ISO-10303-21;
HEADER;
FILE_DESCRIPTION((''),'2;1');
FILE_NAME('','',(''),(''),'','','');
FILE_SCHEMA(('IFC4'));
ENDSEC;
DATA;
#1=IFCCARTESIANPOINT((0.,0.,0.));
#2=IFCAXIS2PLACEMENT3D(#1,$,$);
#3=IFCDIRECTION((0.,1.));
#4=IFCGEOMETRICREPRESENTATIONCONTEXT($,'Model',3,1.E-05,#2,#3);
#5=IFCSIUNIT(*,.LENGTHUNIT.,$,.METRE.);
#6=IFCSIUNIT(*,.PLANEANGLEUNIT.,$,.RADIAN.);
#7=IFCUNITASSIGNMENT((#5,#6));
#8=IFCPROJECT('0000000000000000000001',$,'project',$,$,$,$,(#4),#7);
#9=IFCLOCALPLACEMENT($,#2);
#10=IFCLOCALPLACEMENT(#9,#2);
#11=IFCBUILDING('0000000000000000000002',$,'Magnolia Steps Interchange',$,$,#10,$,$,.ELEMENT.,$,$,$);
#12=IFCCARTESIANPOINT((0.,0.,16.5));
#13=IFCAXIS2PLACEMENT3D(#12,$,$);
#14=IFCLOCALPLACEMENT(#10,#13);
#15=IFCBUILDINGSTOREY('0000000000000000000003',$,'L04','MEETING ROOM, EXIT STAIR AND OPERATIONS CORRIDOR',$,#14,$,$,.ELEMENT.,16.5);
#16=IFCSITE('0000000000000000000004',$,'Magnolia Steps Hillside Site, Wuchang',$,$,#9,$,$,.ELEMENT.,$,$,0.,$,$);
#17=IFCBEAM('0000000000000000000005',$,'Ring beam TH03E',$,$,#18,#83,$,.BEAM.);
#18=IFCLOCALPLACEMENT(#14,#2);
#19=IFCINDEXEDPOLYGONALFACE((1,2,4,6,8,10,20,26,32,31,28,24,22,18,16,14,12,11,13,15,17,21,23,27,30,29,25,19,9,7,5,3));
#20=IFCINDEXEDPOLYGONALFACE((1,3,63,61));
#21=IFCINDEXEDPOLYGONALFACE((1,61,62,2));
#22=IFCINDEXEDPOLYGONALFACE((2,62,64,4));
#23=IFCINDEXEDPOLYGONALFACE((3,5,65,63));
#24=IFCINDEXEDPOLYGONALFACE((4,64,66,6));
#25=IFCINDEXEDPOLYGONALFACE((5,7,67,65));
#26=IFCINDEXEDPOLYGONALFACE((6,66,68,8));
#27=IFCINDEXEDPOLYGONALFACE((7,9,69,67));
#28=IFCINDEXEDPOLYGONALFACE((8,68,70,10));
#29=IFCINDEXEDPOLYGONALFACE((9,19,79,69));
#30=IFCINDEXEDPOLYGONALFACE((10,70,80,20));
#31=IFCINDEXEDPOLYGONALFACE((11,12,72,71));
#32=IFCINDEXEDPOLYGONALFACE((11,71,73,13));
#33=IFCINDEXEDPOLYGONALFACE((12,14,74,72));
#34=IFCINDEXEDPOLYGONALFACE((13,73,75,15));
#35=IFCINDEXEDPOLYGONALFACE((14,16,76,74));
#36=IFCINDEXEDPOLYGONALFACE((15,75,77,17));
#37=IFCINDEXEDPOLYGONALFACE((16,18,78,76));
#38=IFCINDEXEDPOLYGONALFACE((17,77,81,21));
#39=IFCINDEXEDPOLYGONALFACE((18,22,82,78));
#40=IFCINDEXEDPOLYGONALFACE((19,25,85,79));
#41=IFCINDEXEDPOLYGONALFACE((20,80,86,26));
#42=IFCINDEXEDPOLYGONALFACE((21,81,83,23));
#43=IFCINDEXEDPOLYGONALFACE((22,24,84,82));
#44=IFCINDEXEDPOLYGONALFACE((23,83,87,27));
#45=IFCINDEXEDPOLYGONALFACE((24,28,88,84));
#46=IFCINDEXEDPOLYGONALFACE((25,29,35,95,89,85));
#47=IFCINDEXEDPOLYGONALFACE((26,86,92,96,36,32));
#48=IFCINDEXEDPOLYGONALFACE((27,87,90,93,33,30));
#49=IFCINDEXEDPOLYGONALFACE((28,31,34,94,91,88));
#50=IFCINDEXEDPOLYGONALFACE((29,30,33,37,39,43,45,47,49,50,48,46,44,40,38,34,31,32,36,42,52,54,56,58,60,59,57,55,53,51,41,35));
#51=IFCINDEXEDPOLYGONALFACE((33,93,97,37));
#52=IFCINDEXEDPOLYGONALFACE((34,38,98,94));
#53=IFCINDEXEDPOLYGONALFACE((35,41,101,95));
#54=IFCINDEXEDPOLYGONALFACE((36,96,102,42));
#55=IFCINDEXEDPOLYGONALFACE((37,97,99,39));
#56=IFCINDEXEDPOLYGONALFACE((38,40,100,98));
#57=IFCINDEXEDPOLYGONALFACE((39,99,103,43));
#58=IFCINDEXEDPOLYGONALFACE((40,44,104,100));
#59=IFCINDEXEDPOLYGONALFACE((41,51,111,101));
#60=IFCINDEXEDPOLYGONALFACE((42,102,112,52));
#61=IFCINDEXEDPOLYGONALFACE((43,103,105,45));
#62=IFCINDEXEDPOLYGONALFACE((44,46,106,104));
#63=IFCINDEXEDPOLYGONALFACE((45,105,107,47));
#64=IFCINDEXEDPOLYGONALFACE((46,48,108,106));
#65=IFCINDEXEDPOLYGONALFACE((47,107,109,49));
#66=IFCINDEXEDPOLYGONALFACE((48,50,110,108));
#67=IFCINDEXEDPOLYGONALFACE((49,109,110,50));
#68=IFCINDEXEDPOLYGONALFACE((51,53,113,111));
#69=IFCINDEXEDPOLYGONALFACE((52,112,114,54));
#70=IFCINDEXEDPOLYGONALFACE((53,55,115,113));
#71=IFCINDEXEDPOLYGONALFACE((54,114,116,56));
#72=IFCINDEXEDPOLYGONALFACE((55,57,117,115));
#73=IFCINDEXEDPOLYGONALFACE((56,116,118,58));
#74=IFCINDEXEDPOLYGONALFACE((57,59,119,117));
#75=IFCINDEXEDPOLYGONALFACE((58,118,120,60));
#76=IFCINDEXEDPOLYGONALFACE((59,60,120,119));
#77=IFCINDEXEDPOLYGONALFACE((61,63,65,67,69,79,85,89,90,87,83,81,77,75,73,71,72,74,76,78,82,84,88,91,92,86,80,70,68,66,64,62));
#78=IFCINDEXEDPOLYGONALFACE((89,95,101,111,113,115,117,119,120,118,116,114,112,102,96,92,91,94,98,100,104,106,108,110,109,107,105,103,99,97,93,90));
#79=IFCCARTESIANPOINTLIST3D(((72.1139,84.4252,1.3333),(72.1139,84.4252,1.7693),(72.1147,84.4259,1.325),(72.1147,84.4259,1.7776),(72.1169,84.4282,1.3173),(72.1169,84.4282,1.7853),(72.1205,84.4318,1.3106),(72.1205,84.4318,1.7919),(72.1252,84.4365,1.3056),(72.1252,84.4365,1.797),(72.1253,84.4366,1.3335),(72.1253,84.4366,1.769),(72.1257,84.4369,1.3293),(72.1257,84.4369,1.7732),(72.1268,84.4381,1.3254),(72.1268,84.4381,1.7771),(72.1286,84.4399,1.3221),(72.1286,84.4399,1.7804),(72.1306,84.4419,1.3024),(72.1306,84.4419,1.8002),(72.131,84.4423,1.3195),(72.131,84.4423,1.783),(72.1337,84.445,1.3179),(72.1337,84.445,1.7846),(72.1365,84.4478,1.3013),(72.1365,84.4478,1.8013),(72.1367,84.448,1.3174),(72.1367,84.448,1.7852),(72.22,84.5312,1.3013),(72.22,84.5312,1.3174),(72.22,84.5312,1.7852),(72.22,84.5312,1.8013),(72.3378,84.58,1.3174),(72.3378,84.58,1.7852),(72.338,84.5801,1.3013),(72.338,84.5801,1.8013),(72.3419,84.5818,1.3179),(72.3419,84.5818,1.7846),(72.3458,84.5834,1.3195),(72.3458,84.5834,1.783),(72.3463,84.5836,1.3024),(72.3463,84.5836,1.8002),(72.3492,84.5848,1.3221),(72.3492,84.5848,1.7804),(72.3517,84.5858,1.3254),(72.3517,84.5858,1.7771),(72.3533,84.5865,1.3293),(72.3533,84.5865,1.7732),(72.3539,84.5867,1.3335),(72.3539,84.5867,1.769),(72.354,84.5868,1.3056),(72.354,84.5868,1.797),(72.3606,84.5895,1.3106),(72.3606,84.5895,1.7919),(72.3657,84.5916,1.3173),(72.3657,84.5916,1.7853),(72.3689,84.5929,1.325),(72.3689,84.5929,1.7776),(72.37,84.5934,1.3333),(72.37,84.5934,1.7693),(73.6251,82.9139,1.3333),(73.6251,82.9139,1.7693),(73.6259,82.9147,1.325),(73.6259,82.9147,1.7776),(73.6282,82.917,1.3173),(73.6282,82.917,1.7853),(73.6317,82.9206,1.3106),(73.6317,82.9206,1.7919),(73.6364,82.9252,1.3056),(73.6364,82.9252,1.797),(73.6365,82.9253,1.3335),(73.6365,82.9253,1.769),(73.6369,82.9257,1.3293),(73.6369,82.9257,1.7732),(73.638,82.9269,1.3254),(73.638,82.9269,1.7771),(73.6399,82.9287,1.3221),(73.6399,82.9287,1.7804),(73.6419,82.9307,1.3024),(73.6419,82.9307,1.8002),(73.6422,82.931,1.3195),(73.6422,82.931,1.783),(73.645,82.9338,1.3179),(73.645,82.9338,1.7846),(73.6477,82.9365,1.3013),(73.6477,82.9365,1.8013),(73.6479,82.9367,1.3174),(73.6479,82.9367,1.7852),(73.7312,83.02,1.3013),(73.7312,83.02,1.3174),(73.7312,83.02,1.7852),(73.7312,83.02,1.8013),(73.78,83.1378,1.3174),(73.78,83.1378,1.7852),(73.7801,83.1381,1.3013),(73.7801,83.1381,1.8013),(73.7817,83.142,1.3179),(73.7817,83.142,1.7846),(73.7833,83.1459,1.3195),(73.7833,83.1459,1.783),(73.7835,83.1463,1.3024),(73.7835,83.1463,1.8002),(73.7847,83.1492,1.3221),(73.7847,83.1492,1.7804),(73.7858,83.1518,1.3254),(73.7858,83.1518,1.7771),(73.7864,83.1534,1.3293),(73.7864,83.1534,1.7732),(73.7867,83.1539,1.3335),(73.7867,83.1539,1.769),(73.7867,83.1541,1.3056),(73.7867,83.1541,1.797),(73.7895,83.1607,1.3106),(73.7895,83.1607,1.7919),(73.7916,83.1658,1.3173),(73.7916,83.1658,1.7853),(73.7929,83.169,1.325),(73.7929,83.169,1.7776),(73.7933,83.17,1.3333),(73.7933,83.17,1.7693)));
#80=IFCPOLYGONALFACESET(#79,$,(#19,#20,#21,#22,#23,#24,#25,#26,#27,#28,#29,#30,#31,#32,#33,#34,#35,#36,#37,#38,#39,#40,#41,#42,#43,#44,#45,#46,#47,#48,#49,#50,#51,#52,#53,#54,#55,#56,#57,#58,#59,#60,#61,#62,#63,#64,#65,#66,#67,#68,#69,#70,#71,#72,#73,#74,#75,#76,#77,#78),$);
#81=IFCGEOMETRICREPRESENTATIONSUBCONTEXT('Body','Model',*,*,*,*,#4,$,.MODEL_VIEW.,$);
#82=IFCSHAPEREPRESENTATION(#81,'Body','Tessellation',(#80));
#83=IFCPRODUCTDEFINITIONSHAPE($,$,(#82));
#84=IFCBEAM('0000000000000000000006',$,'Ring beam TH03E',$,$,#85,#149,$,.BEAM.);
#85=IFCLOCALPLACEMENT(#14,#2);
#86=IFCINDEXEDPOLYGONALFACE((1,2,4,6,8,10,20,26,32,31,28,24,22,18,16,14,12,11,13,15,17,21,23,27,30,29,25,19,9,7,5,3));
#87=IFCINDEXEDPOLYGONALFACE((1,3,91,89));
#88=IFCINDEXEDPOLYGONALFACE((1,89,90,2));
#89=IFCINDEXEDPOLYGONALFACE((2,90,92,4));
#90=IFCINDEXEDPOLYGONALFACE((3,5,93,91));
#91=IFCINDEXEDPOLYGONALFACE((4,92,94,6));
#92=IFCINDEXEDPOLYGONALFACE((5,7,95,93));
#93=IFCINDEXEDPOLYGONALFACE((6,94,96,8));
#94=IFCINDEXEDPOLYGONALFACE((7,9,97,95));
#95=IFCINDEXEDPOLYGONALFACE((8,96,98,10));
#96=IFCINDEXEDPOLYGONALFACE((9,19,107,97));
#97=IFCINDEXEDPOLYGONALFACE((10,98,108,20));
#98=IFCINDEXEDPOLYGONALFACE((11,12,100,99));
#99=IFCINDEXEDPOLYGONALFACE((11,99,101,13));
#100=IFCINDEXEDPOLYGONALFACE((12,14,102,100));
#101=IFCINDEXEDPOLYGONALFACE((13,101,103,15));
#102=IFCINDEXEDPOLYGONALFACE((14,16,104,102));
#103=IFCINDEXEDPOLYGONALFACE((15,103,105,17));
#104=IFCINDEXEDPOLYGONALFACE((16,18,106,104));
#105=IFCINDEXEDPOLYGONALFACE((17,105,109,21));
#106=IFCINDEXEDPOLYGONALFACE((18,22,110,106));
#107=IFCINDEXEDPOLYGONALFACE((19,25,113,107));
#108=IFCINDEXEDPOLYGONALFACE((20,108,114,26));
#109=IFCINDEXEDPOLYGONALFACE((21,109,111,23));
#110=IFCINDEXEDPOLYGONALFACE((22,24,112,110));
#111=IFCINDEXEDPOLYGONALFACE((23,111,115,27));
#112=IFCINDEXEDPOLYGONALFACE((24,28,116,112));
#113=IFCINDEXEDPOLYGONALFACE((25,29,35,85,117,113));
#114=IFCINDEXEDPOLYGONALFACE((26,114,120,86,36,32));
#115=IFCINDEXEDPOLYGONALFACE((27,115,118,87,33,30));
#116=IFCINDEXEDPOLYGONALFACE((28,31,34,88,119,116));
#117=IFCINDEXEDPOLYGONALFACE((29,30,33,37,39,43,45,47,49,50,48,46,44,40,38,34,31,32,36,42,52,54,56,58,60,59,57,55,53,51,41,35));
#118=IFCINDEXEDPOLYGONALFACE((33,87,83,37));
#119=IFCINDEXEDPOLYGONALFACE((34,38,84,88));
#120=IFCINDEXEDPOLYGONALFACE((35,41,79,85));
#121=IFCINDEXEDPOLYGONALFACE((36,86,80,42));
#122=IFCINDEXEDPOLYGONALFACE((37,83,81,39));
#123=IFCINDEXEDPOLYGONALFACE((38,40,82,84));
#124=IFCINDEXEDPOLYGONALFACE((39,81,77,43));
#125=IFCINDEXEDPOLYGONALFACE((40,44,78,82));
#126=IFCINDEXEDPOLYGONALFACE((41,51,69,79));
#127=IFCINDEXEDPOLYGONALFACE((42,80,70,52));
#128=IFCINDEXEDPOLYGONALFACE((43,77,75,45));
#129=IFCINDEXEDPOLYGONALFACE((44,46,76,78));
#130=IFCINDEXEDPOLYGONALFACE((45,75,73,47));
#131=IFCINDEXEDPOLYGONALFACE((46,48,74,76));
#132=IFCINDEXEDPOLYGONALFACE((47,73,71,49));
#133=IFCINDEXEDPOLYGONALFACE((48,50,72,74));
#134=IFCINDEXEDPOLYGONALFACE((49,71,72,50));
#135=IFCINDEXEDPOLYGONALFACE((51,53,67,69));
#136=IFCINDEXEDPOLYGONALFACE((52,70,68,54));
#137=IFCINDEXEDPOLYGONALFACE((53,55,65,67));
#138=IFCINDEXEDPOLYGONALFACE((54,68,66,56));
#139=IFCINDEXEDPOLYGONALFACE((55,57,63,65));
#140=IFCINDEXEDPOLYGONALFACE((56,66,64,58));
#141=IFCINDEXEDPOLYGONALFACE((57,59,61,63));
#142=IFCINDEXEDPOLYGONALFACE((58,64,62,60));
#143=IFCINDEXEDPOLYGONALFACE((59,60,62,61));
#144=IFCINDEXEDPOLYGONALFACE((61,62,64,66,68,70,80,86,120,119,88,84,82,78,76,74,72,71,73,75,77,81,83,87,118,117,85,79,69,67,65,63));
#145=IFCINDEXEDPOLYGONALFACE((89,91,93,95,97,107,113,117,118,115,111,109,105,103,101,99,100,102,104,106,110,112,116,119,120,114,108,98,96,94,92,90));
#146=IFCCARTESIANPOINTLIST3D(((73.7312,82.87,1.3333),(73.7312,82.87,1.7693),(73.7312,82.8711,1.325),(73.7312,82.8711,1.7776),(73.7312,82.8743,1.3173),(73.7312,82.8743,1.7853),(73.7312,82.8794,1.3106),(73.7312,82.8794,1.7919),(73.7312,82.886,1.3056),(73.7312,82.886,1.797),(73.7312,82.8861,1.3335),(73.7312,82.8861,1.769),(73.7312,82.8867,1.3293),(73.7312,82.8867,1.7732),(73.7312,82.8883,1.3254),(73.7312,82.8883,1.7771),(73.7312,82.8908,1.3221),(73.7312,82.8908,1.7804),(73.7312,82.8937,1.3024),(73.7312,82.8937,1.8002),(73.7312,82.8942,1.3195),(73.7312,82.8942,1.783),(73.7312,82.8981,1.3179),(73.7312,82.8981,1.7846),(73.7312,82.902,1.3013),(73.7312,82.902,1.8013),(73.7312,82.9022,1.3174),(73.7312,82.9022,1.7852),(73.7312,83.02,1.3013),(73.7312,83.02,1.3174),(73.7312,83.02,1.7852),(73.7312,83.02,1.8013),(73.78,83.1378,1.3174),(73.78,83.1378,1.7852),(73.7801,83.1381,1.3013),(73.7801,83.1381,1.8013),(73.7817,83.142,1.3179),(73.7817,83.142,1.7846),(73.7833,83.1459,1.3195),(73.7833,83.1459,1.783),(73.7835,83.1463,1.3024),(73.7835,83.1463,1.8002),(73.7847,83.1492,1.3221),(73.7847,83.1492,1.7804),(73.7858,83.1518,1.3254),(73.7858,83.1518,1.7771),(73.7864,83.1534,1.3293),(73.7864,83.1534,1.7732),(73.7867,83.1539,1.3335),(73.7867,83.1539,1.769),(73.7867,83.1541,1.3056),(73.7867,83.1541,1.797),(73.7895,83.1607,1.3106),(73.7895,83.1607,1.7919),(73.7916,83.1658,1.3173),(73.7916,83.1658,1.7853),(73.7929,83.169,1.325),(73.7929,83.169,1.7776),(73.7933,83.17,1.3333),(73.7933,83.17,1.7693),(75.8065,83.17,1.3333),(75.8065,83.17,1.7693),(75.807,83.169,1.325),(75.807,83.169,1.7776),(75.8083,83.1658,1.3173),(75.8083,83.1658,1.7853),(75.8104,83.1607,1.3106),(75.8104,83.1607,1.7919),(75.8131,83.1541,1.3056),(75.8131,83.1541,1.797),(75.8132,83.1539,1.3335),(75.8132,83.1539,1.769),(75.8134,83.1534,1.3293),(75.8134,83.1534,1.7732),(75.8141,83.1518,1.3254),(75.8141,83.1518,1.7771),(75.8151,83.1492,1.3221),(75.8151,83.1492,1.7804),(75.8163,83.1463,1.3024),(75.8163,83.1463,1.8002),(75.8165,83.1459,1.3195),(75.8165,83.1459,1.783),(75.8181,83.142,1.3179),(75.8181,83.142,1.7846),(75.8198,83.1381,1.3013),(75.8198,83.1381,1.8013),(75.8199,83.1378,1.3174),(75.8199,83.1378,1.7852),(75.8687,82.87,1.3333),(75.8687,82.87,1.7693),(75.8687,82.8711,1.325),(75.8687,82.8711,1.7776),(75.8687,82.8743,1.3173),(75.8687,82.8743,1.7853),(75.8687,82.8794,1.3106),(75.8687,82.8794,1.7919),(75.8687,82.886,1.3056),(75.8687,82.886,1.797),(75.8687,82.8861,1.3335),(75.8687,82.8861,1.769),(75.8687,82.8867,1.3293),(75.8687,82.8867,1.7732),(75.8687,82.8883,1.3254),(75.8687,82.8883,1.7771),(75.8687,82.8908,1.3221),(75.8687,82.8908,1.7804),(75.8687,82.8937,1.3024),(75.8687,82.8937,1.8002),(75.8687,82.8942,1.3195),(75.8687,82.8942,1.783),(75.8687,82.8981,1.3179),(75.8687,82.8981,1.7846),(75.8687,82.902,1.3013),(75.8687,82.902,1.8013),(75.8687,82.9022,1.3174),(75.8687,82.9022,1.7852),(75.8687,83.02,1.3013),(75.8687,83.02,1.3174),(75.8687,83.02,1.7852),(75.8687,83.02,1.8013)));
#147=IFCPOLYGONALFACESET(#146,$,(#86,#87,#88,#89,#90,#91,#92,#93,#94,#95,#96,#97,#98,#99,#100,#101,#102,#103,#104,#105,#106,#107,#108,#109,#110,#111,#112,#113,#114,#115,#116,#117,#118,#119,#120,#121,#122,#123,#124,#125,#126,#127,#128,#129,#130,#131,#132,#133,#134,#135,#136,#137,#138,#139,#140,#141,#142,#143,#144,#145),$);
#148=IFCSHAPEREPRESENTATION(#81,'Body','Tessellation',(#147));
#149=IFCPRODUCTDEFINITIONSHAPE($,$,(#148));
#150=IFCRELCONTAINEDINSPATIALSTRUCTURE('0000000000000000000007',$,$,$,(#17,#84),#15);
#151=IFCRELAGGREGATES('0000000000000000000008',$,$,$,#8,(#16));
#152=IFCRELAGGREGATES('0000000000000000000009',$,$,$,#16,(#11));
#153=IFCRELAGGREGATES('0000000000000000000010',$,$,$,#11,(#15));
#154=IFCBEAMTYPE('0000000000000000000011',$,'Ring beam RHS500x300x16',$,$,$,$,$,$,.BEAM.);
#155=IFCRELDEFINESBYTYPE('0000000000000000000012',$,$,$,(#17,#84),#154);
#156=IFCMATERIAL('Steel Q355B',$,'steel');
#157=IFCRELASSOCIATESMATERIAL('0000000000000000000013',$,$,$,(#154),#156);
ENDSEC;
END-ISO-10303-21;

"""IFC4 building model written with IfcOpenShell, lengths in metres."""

from ifc_helpers import new_model, si_unit, direction, frame, origin, origin_2d, place, context, subcontext, project, spatial, hollow_rectangle, extrude, clip, halfspace, material, material_profile, profile_set, type_object, element, save


model = new_model("IFC4")

# Units and contexts
model_context = context("Model", 3, precision=1e-05, world=origin(), true_north=direction((0.0, 1.0)))
body_context = subcontext(model_context, "Body", "Model", "MODEL_VIEW")
ifc_project = project(units=[si_unit("LENGTHUNIT", "METRE"), si_unit("PLANEANGLEUNIT", "RADIAN")], contexts=[model_context])

# Site, building, storey
site_placement = place(None, origin())
site = spatial("IfcSite", under=ifc_project, at=site_placement, Name="Magnolia Steps Hillside Site, Wuchang", CompositionType="ELEMENT", RefElevation=0.0)
building_placement = place(site_placement, origin())
building = spatial("IfcBuilding", under=site, at=building_placement, Name="Magnolia Steps Interchange", CompositionType="ELEMENT")
storey_placement = place(building_placement, frame((0.0, 0.0, 16.5)))
storey = spatial("IfcBuildingStorey", under=building, at=storey_placement, Name="L04", Description="MEETING ROOM, EXIT STAIR AND OPERATIONS CORRIDOR", CompositionType="ELEMENT", Elevation=16.5)

# Beams
ifc_material_1 = material(Name="Steel Q355B", Category="steel")
ifc_material_profile_1 = material_profile(ifc_material_1, hollow_rectangle(XDim=0.3, YDim=0.5, WallThickness=0.0161, InnerFilletRadius=0.0161, OuterFilletRadius=0.032, at=origin_2d()), Name="RHS500x300x16")
ifc_profile_set_1 = profile_set([ifc_material_profile_1], Name="Steel Q355B")
beam_type_1 = type_object("IfcBeamType", Name="Ring beam RHS500x300x16", PredefinedType="BEAM", material=ifc_profile_set_1)
beam_1_placement = place(storey_placement, frame((72.22, 84.5312, 1.5513), z_axis=(0.707107, -0.707107, 0.0), x_axis=(0.707107, 0.707107, 0.0)))
element("IfcBeam", 1, at=beam_1_placement, inside=storey, type_object=beam_type_1, Name="Ring beam TH03E", PredefinedType="BEAM", context=body_context, shape_type="Clipping", body=[
    clip(clip(extrude(hollow_rectangle(XDim=0.3, YDim=0.5, WallThickness=0.0161, InnerFilletRadius=0.0161, OuterFilletRadius=0.032, at=origin_2d()), origin(), (0.0, 0.0, 1.0), 2.1372), halfspace(frame((0.0, 0.0, 0.0), z_axis=(0.382683, 0.0, -0.92388), x_axis=(0.92388, 0.0, 0.382683)), False)), halfspace(frame((0.0, 0.0, 2.1372), z_axis=(0.382683, 0.0, 0.92388), x_axis=(0.92388, 0.0, -0.382683)), False)),
])
beam_2_placement = place(storey_placement, frame((73.7312, 83.02, 1.5513), z_axis=(1.0, 0.0, 0.0), x_axis=(0.0, 1.0, 0.0)))
element("IfcBeam", 2, at=beam_2_placement, inside=storey, type_object=beam_type_1, Name="Ring beam TH03E", PredefinedType="BEAM", context=body_context, shape_type="Clipping", body=[
    clip(clip(extrude(hollow_rectangle(XDim=0.3, YDim=0.5, WallThickness=0.0161, InnerFilletRadius=0.0161, OuterFilletRadius=0.032, at=origin_2d()), origin(), (0.0, 0.0, 1.0), 2.1375), halfspace(frame((0.0, 0.0, 0.0), z_axis=(0.382683, 0.0, -0.92388), x_axis=(0.92388, 0.0, 0.382683)), False)), halfspace(frame((0.0, 0.0, 2.1375), z_axis=(0.382683, 0.0, 0.92388), x_axis=(0.92388, 0.0, -0.382683)), False)),
])

save(model, "model.ifc")
